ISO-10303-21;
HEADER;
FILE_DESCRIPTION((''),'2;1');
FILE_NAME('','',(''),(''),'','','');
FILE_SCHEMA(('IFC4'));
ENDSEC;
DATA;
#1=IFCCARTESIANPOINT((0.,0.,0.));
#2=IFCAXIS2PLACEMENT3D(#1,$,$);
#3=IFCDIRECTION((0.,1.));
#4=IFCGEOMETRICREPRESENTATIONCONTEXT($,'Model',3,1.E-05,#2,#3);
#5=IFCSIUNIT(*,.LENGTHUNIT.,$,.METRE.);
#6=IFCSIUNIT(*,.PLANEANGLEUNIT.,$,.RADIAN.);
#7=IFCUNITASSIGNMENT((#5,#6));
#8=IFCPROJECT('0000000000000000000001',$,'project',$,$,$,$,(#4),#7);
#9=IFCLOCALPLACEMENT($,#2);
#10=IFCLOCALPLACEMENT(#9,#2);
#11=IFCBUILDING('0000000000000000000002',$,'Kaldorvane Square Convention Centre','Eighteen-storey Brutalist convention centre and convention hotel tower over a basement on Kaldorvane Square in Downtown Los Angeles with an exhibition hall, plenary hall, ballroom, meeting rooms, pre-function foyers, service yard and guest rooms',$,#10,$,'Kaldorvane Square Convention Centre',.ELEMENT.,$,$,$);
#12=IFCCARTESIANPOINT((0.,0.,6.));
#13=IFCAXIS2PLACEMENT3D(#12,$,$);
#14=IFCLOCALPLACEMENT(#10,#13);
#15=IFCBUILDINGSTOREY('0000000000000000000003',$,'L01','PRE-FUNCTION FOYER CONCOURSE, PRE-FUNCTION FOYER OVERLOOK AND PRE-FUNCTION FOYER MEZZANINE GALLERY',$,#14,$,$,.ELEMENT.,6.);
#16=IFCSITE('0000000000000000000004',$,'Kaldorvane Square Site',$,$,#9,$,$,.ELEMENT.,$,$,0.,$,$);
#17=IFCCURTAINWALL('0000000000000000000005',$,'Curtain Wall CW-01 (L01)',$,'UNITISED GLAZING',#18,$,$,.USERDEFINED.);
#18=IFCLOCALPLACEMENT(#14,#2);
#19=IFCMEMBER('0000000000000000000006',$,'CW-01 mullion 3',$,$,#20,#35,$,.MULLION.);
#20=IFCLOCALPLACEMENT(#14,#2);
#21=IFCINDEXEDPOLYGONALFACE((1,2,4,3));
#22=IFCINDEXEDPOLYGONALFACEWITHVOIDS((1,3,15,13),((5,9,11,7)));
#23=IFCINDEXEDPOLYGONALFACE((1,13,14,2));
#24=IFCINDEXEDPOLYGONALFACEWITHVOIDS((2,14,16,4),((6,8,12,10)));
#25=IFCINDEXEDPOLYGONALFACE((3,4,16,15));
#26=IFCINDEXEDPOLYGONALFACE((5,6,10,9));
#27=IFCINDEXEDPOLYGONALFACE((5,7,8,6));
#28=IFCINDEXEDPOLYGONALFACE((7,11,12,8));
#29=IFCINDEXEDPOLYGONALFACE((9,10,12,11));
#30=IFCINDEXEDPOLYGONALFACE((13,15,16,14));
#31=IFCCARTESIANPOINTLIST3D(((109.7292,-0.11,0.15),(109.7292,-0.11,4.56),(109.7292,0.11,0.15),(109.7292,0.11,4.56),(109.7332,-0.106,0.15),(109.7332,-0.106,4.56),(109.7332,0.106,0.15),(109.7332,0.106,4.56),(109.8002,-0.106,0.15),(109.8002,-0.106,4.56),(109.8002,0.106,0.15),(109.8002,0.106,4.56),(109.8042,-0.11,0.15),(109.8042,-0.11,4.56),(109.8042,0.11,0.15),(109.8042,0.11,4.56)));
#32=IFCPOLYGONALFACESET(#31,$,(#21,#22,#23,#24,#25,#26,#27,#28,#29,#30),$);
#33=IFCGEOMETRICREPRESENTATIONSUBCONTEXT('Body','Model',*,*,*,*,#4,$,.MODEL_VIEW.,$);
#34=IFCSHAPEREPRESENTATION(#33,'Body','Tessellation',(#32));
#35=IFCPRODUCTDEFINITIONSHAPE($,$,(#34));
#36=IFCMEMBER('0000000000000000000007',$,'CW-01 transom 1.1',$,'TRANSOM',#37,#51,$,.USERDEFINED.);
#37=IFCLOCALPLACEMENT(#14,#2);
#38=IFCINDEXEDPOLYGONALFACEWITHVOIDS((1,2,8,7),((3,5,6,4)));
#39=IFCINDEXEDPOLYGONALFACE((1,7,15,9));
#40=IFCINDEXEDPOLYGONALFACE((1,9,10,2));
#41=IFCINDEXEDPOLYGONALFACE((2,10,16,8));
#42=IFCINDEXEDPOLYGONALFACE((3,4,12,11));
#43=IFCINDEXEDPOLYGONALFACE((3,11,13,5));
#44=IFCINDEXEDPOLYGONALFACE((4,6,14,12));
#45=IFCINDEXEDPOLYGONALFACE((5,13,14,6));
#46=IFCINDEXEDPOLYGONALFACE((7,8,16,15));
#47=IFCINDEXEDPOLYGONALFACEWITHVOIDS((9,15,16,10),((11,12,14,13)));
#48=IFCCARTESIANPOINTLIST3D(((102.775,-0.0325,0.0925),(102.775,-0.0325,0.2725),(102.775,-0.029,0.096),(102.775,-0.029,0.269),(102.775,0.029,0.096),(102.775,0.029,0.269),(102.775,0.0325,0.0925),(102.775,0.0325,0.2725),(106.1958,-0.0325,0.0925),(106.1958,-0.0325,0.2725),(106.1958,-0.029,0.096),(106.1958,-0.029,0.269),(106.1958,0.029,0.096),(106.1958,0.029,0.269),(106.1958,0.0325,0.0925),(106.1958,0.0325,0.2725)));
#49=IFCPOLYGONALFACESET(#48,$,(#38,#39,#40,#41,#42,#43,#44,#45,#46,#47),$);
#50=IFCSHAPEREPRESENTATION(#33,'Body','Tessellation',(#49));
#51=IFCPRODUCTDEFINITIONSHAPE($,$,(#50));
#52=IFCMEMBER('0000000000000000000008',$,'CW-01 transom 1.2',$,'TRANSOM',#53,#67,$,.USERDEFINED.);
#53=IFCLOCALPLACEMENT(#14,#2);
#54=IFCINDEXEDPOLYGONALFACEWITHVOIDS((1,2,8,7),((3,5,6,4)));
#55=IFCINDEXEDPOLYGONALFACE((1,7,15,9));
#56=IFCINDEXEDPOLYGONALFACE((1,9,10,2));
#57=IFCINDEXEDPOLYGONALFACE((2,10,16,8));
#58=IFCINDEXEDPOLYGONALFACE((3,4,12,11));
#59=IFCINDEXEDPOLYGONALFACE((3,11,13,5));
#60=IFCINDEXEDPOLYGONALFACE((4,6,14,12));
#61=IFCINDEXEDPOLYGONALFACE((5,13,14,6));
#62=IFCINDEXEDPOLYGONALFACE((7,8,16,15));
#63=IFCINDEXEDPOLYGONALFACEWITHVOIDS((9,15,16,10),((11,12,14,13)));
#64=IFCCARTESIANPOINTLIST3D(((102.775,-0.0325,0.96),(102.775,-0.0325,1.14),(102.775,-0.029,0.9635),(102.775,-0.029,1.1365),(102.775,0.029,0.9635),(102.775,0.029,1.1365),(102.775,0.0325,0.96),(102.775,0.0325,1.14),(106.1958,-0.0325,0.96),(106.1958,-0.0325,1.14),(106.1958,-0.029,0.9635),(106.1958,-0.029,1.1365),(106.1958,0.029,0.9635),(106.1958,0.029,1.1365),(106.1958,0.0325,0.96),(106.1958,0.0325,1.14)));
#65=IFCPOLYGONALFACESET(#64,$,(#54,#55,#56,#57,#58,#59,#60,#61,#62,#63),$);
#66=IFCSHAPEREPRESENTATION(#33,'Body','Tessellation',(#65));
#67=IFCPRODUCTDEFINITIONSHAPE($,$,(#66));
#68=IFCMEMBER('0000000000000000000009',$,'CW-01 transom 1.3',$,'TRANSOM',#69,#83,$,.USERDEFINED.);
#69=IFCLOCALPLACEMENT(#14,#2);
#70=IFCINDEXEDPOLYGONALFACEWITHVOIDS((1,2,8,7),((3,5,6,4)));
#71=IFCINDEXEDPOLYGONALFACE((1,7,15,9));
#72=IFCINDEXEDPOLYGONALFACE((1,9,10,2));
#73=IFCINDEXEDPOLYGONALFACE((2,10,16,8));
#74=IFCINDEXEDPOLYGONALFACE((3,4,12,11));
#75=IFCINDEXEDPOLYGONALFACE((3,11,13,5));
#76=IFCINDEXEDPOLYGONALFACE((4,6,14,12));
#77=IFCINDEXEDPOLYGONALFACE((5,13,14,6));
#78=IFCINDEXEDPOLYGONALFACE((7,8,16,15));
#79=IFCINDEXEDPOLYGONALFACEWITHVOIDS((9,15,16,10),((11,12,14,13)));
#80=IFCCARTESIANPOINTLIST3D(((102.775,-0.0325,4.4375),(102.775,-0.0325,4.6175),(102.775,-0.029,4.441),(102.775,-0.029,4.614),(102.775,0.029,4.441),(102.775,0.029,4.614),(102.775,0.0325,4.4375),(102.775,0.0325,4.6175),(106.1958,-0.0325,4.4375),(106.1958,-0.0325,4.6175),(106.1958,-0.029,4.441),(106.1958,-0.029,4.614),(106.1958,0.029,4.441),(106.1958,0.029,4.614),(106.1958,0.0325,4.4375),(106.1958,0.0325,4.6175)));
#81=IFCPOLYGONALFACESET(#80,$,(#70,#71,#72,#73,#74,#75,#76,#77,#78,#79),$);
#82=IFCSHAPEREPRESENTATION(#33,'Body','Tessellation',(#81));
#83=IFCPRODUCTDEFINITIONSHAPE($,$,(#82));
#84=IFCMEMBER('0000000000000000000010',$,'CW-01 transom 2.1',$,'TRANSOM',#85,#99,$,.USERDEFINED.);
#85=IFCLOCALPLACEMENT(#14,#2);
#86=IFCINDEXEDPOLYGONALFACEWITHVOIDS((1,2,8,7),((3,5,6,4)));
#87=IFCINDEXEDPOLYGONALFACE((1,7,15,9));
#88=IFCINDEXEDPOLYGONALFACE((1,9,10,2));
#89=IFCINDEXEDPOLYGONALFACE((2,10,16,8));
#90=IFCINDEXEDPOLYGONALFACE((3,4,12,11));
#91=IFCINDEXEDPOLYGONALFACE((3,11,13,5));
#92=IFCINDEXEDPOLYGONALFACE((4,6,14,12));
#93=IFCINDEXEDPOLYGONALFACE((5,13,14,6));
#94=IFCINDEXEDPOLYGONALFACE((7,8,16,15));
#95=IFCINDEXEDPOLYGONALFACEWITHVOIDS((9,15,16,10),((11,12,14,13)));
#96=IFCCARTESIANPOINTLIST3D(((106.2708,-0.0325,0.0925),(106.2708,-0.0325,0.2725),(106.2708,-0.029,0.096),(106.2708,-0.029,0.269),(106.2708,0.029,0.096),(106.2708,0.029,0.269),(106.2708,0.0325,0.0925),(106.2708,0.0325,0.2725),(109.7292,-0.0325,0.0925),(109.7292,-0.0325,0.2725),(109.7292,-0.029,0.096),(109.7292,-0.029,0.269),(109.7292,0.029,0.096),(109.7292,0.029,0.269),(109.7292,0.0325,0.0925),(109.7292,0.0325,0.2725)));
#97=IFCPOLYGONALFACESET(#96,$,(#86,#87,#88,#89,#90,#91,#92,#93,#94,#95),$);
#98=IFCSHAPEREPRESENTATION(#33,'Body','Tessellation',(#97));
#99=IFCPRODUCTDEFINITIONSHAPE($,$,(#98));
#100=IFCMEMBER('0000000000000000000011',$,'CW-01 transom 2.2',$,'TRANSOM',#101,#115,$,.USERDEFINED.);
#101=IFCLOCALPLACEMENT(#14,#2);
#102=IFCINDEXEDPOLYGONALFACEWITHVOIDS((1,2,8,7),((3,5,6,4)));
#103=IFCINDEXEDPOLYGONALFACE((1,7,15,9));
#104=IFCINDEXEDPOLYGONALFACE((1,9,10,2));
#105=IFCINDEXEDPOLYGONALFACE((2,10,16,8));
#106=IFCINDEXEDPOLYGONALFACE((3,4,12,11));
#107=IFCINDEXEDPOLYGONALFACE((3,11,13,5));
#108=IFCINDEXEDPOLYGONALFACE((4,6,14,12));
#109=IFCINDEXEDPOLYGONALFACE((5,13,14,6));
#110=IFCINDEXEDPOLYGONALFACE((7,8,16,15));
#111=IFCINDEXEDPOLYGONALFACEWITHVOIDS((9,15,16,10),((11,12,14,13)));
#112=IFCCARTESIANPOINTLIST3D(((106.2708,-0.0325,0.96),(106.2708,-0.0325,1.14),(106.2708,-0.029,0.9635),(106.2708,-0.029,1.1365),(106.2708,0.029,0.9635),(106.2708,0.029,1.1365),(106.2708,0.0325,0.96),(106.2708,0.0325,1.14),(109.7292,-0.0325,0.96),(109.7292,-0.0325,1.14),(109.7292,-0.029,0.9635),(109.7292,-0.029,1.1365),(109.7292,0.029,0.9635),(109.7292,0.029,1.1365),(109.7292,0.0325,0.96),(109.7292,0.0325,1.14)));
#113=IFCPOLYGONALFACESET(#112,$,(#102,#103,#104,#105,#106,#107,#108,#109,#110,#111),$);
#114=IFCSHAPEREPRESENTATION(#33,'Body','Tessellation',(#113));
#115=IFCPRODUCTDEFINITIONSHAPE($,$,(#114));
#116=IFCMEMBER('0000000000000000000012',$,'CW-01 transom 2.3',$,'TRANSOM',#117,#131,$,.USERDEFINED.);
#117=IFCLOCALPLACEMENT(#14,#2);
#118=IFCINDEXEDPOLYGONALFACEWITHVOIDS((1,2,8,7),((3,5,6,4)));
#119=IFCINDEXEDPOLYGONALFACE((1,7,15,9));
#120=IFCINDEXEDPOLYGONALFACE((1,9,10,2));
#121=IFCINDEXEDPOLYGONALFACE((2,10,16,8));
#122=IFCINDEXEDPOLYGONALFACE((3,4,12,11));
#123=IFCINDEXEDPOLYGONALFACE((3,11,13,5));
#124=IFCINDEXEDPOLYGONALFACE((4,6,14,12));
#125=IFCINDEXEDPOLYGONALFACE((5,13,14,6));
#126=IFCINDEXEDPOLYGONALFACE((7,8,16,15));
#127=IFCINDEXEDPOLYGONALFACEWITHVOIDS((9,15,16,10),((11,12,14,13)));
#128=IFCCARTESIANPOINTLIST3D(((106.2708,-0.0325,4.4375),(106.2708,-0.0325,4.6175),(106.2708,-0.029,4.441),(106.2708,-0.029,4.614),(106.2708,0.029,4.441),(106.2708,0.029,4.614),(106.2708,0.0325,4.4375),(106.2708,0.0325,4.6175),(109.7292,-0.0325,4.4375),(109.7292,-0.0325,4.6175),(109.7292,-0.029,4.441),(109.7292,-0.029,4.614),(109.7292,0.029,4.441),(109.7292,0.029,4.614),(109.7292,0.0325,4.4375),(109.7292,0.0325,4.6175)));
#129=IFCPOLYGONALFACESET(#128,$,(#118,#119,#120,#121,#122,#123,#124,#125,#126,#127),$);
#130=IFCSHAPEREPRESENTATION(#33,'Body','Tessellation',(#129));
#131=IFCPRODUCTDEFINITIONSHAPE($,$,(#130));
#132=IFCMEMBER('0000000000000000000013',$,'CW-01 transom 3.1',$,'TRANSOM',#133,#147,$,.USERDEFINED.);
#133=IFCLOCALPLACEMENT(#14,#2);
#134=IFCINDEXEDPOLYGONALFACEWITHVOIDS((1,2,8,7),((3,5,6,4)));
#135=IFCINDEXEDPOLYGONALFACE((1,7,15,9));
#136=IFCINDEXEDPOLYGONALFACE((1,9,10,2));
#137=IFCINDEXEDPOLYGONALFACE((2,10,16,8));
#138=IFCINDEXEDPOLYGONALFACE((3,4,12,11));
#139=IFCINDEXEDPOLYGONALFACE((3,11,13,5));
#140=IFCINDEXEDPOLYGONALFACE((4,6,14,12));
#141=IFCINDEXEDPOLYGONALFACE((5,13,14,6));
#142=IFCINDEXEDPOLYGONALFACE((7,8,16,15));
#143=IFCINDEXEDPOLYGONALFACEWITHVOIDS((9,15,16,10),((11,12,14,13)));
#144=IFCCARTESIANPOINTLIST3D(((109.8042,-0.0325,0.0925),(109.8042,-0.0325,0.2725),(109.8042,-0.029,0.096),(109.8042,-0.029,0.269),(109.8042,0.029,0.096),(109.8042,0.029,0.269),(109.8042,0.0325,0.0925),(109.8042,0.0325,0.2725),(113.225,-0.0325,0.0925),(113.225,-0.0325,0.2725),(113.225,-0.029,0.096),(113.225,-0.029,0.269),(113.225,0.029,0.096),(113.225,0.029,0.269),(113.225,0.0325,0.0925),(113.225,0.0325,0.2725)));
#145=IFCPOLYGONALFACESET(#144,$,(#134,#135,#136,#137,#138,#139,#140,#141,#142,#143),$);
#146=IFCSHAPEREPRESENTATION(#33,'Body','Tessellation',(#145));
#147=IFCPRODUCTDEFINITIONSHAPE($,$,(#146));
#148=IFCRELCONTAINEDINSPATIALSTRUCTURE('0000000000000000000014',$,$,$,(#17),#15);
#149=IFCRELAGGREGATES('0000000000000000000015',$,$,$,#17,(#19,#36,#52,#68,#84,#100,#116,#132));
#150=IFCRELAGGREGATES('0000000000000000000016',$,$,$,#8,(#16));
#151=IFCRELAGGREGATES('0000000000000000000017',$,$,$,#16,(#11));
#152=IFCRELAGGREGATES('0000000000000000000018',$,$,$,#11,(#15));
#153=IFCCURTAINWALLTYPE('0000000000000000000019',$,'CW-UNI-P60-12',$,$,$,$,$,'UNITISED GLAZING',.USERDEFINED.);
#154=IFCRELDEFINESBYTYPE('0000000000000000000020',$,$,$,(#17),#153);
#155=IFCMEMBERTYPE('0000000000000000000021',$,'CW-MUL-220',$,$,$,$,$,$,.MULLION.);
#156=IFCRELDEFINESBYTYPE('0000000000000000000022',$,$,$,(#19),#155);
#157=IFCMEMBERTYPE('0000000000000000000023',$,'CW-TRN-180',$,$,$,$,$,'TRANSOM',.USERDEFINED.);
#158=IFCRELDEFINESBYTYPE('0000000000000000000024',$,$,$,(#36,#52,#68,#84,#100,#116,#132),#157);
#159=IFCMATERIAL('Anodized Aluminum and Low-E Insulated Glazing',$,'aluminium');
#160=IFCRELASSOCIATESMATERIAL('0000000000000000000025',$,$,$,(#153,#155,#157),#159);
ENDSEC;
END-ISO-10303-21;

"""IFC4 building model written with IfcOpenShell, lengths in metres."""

from ifc_helpers import new_model, si_unit, direction, frame, origin, origin_2d, place, context, subcontext, project, spatial, hollow_rectangle, extrude, material, material_profile, profile_set, type_object, element, aggregate, save


model = new_model("IFC4")

# Units and contexts
model_context = context("Model", 3, precision=1e-05, world=origin(), true_north=direction((0.0, 1.0)))
body_context = subcontext(model_context, "Body", "Model", "MODEL_VIEW")
ifc_project = project(units=[si_unit("LENGTHUNIT", "METRE"), si_unit("PLANEANGLEUNIT", "RADIAN")], contexts=[model_context])

# Site, building, storey
site_placement = place(None, origin())
site = spatial("IfcSite", under=ifc_project, at=site_placement, Name="Kaldorvane Square Site", CompositionType="ELEMENT", RefElevation=0.0)
building_placement = place(site_placement, origin())
building = spatial("IfcBuilding", under=site, at=building_placement, Name="Kaldorvane Square Convention Centre", Description="Eighteen-storey Brutalist convention centre and convention hotel tower over a basement on Kaldorvane Square in Downtown Los Angeles with an exhibition hall, plenary hall, ballroom, meeting rooms, pre-function foyers, service yard and guest rooms", LongName="Kaldorvane Square Convention Centre", CompositionType="ELEMENT")
storey_placement = place(building_placement, frame((0.0, 0.0, 6.0)))
storey = spatial("IfcBuildingStorey", under=building, at=storey_placement, Name="L01", Description="PRE-FUNCTION FOYER CONCOURSE, PRE-FUNCTION FOYER OVERLOOK AND PRE-FUNCTION FOYER MEZZANINE GALLERY", CompositionType="ELEMENT", Elevation=6.0)

# Curtain wall, members
ifc_material_1 = material(Name="Anodized Aluminum and Low-E Insulated Glazing", Category="aluminium")
curtain_wall_type = type_object("IfcCurtainWallType", Name="CW-UNI-P60-12", ElementType="UNITISED GLAZING", PredefinedType="USERDEFINED", material=ifc_material_1)
curtain_wall_placement = place(storey_placement, origin())
curtain_wall = element("IfcCurtainWall", 1, at=curtain_wall_placement, inside=storey, type_object=curtain_wall_type, Name="Curtain Wall CW-01 (L01)", ObjectType="UNITISED GLAZING", PredefinedType="USERDEFINED")
ifc_material_profile_1 = material_profile(ifc_material_1, hollow_rectangle(XDim=0.075, YDim=0.22, WallThickness=0.004, at=origin_2d()), Name="CWM-220X75")
ifc_profile_set_1 = profile_set([ifc_material_profile_1], Name="Anodized Aluminum and Low-E Insulated Glazing")
member_type_1 = type_object("IfcMemberType", Name="CW-MUL-220", PredefinedType="MULLION", material=ifc_profile_set_1)
member_1_placement = place(storey_placement, frame((109.7667, 0.0, 0.15), z_axis=(0.0, 0.0, 1.0), x_axis=(1.0, 0.0, 0.0)))
member_1 = element("IfcMember", 2, at=member_1_placement, type_object=member_type_1, Name="CW-01 mullion 3", PredefinedType="MULLION", context=body_context, shape_type="SweptSolid", body=[
    extrude(hollow_rectangle(XDim=0.075, YDim=0.22, WallThickness=0.004, at=origin_2d()), origin(), (0.0, 0.0, 1.0), 4.41),
])
ifc_material_profile_2 = material_profile(ifc_material_1, hollow_rectangle(XDim=0.065, YDim=0.18, WallThickness=0.0035, at=origin_2d()), Name="CWT-180X65")
ifc_profile_set_2 = profile_set([ifc_material_profile_2], Name="Anodized Aluminum and Low-E Insulated Glazing")
member_type_2 = type_object("IfcMemberType", Name="CW-TRN-180", ElementType="TRANSOM", PredefinedType="USERDEFINED", material=ifc_profile_set_2)
member_2_placement = place(storey_placement, frame((102.775, 0.0, 0.1825), z_axis=(1.0, 0.0, 0.0), x_axis=(0.0, 1.0, 0.0)))
member_2 = element("IfcMember", 3, at=member_2_placement, type_object=member_type_2, Name="CW-01 transom 1.1", ObjectType="TRANSOM", PredefinedType="USERDEFINED", context=body_context, shape_type="SweptSolid", body=[
    extrude(hollow_rectangle(XDim=0.065, YDim=0.18, WallThickness=0.0035, at=origin_2d()), origin(), (0.0, 0.0, 1.0), 3.4208),
])
member_3_placement = place(storey_placement, frame((102.775, 0.0, 1.05), z_axis=(1.0, 0.0, 0.0), x_axis=(0.0, 1.0, 0.0)))
member_3 = element("IfcMember", 4, at=member_3_placement, type_object=member_type_2, Name="CW-01 transom 1.2", ObjectType="TRANSOM", PredefinedType="USERDEFINED", context=body_context, shape_type="SweptSolid", body=[
    extrude(hollow_rectangle(XDim=0.065, YDim=0.18, WallThickness=0.0035, at=origin_2d()), origin(), (0.0, 0.0, 1.0), 3.4208),
])
member_4_placement = place(storey_placement, frame((102.775, 0.0, 4.5275), z_axis=(1.0, 0.0, 0.0), x_axis=(0.0, 1.0, 0.0)))
member_4 = element("IfcMember", 5, at=member_4_placement, type_object=member_type_2, Name="CW-01 transom 1.3", ObjectType="TRANSOM", PredefinedType="USERDEFINED", context=body_context, shape_type="SweptSolid", body=[
    extrude(hollow_rectangle(XDim=0.065, YDim=0.18, WallThickness=0.0035, at=origin_2d()), origin(), (0.0, 0.0, 1.0), 3.4208),
])
member_5_placement = place(storey_placement, frame((106.2708, 0.0, 0.1825), z_axis=(1.0, 0.0, 0.0), x_axis=(0.0, 1.0, 0.0)))
member_5 = element("IfcMember", 6, at=member_5_placement, type_object=member_type_2, Name="CW-01 transom 2.1", ObjectType="TRANSOM", PredefinedType="USERDEFINED", context=body_context, shape_type="SweptSolid", body=[
    extrude(hollow_rectangle(XDim=0.065, YDim=0.18, WallThickness=0.0035, at=origin_2d()), origin(), (0.0, 0.0, 1.0), 3.4583),
])
member_6_placement = place(storey_placement, frame((106.2708, 0.0, 1.05), z_axis=(1.0, 0.0, 0.0), x_axis=(0.0, 1.0, 0.0)))
member_6 = element("IfcMember", 7, at=member_6_placement, type_object=member_type_2, Name="CW-01 transom 2.2", ObjectType="TRANSOM", PredefinedType="USERDEFINED", context=body_context, shape_type="SweptSolid", body=[
    extrude(hollow_rectangle(XDim=0.065, YDim=0.18, WallThickness=0.0035, at=origin_2d()), origin(), (0.0, 0.0, 1.0), 3.4583),
])
member_7_placement = place(storey_placement, frame((106.2708, 0.0, 4.5275), z_axis=(1.0, 0.0, 0.0), x_axis=(0.0, 1.0, 0.0)))
member_7 = element("IfcMember", 8, at=member_7_placement, type_object=member_type_2, Name="CW-01 transom 2.3", ObjectType="TRANSOM", PredefinedType="USERDEFINED", context=body_context, shape_type="SweptSolid", body=[
    extrude(hollow_rectangle(XDim=0.065, YDim=0.18, WallThickness=0.0035, at=origin_2d()), origin(), (0.0, 0.0, 1.0), 3.4583),
])
member_8_placement = place(storey_placement, frame((109.8042, 0.0, 0.1825), z_axis=(1.0, 0.0, 0.0), x_axis=(0.0, 1.0, 0.0)))
member_8 = element("IfcMember", 9, at=member_8_placement, type_object=member_type_2, Name="CW-01 transom 3.1", ObjectType="TRANSOM", PredefinedType="USERDEFINED", context=body_context, shape_type="SweptSolid", body=[
    extrude(hollow_rectangle(XDim=0.065, YDim=0.18, WallThickness=0.0035, at=origin_2d()), origin(), (0.0, 0.0, 1.0), 3.4208),
])

aggregate(curtain_wall, [member_1, member_2, member_3, member_4, member_5, member_6, member_7, member_8])

save(model, "model.ifc")
